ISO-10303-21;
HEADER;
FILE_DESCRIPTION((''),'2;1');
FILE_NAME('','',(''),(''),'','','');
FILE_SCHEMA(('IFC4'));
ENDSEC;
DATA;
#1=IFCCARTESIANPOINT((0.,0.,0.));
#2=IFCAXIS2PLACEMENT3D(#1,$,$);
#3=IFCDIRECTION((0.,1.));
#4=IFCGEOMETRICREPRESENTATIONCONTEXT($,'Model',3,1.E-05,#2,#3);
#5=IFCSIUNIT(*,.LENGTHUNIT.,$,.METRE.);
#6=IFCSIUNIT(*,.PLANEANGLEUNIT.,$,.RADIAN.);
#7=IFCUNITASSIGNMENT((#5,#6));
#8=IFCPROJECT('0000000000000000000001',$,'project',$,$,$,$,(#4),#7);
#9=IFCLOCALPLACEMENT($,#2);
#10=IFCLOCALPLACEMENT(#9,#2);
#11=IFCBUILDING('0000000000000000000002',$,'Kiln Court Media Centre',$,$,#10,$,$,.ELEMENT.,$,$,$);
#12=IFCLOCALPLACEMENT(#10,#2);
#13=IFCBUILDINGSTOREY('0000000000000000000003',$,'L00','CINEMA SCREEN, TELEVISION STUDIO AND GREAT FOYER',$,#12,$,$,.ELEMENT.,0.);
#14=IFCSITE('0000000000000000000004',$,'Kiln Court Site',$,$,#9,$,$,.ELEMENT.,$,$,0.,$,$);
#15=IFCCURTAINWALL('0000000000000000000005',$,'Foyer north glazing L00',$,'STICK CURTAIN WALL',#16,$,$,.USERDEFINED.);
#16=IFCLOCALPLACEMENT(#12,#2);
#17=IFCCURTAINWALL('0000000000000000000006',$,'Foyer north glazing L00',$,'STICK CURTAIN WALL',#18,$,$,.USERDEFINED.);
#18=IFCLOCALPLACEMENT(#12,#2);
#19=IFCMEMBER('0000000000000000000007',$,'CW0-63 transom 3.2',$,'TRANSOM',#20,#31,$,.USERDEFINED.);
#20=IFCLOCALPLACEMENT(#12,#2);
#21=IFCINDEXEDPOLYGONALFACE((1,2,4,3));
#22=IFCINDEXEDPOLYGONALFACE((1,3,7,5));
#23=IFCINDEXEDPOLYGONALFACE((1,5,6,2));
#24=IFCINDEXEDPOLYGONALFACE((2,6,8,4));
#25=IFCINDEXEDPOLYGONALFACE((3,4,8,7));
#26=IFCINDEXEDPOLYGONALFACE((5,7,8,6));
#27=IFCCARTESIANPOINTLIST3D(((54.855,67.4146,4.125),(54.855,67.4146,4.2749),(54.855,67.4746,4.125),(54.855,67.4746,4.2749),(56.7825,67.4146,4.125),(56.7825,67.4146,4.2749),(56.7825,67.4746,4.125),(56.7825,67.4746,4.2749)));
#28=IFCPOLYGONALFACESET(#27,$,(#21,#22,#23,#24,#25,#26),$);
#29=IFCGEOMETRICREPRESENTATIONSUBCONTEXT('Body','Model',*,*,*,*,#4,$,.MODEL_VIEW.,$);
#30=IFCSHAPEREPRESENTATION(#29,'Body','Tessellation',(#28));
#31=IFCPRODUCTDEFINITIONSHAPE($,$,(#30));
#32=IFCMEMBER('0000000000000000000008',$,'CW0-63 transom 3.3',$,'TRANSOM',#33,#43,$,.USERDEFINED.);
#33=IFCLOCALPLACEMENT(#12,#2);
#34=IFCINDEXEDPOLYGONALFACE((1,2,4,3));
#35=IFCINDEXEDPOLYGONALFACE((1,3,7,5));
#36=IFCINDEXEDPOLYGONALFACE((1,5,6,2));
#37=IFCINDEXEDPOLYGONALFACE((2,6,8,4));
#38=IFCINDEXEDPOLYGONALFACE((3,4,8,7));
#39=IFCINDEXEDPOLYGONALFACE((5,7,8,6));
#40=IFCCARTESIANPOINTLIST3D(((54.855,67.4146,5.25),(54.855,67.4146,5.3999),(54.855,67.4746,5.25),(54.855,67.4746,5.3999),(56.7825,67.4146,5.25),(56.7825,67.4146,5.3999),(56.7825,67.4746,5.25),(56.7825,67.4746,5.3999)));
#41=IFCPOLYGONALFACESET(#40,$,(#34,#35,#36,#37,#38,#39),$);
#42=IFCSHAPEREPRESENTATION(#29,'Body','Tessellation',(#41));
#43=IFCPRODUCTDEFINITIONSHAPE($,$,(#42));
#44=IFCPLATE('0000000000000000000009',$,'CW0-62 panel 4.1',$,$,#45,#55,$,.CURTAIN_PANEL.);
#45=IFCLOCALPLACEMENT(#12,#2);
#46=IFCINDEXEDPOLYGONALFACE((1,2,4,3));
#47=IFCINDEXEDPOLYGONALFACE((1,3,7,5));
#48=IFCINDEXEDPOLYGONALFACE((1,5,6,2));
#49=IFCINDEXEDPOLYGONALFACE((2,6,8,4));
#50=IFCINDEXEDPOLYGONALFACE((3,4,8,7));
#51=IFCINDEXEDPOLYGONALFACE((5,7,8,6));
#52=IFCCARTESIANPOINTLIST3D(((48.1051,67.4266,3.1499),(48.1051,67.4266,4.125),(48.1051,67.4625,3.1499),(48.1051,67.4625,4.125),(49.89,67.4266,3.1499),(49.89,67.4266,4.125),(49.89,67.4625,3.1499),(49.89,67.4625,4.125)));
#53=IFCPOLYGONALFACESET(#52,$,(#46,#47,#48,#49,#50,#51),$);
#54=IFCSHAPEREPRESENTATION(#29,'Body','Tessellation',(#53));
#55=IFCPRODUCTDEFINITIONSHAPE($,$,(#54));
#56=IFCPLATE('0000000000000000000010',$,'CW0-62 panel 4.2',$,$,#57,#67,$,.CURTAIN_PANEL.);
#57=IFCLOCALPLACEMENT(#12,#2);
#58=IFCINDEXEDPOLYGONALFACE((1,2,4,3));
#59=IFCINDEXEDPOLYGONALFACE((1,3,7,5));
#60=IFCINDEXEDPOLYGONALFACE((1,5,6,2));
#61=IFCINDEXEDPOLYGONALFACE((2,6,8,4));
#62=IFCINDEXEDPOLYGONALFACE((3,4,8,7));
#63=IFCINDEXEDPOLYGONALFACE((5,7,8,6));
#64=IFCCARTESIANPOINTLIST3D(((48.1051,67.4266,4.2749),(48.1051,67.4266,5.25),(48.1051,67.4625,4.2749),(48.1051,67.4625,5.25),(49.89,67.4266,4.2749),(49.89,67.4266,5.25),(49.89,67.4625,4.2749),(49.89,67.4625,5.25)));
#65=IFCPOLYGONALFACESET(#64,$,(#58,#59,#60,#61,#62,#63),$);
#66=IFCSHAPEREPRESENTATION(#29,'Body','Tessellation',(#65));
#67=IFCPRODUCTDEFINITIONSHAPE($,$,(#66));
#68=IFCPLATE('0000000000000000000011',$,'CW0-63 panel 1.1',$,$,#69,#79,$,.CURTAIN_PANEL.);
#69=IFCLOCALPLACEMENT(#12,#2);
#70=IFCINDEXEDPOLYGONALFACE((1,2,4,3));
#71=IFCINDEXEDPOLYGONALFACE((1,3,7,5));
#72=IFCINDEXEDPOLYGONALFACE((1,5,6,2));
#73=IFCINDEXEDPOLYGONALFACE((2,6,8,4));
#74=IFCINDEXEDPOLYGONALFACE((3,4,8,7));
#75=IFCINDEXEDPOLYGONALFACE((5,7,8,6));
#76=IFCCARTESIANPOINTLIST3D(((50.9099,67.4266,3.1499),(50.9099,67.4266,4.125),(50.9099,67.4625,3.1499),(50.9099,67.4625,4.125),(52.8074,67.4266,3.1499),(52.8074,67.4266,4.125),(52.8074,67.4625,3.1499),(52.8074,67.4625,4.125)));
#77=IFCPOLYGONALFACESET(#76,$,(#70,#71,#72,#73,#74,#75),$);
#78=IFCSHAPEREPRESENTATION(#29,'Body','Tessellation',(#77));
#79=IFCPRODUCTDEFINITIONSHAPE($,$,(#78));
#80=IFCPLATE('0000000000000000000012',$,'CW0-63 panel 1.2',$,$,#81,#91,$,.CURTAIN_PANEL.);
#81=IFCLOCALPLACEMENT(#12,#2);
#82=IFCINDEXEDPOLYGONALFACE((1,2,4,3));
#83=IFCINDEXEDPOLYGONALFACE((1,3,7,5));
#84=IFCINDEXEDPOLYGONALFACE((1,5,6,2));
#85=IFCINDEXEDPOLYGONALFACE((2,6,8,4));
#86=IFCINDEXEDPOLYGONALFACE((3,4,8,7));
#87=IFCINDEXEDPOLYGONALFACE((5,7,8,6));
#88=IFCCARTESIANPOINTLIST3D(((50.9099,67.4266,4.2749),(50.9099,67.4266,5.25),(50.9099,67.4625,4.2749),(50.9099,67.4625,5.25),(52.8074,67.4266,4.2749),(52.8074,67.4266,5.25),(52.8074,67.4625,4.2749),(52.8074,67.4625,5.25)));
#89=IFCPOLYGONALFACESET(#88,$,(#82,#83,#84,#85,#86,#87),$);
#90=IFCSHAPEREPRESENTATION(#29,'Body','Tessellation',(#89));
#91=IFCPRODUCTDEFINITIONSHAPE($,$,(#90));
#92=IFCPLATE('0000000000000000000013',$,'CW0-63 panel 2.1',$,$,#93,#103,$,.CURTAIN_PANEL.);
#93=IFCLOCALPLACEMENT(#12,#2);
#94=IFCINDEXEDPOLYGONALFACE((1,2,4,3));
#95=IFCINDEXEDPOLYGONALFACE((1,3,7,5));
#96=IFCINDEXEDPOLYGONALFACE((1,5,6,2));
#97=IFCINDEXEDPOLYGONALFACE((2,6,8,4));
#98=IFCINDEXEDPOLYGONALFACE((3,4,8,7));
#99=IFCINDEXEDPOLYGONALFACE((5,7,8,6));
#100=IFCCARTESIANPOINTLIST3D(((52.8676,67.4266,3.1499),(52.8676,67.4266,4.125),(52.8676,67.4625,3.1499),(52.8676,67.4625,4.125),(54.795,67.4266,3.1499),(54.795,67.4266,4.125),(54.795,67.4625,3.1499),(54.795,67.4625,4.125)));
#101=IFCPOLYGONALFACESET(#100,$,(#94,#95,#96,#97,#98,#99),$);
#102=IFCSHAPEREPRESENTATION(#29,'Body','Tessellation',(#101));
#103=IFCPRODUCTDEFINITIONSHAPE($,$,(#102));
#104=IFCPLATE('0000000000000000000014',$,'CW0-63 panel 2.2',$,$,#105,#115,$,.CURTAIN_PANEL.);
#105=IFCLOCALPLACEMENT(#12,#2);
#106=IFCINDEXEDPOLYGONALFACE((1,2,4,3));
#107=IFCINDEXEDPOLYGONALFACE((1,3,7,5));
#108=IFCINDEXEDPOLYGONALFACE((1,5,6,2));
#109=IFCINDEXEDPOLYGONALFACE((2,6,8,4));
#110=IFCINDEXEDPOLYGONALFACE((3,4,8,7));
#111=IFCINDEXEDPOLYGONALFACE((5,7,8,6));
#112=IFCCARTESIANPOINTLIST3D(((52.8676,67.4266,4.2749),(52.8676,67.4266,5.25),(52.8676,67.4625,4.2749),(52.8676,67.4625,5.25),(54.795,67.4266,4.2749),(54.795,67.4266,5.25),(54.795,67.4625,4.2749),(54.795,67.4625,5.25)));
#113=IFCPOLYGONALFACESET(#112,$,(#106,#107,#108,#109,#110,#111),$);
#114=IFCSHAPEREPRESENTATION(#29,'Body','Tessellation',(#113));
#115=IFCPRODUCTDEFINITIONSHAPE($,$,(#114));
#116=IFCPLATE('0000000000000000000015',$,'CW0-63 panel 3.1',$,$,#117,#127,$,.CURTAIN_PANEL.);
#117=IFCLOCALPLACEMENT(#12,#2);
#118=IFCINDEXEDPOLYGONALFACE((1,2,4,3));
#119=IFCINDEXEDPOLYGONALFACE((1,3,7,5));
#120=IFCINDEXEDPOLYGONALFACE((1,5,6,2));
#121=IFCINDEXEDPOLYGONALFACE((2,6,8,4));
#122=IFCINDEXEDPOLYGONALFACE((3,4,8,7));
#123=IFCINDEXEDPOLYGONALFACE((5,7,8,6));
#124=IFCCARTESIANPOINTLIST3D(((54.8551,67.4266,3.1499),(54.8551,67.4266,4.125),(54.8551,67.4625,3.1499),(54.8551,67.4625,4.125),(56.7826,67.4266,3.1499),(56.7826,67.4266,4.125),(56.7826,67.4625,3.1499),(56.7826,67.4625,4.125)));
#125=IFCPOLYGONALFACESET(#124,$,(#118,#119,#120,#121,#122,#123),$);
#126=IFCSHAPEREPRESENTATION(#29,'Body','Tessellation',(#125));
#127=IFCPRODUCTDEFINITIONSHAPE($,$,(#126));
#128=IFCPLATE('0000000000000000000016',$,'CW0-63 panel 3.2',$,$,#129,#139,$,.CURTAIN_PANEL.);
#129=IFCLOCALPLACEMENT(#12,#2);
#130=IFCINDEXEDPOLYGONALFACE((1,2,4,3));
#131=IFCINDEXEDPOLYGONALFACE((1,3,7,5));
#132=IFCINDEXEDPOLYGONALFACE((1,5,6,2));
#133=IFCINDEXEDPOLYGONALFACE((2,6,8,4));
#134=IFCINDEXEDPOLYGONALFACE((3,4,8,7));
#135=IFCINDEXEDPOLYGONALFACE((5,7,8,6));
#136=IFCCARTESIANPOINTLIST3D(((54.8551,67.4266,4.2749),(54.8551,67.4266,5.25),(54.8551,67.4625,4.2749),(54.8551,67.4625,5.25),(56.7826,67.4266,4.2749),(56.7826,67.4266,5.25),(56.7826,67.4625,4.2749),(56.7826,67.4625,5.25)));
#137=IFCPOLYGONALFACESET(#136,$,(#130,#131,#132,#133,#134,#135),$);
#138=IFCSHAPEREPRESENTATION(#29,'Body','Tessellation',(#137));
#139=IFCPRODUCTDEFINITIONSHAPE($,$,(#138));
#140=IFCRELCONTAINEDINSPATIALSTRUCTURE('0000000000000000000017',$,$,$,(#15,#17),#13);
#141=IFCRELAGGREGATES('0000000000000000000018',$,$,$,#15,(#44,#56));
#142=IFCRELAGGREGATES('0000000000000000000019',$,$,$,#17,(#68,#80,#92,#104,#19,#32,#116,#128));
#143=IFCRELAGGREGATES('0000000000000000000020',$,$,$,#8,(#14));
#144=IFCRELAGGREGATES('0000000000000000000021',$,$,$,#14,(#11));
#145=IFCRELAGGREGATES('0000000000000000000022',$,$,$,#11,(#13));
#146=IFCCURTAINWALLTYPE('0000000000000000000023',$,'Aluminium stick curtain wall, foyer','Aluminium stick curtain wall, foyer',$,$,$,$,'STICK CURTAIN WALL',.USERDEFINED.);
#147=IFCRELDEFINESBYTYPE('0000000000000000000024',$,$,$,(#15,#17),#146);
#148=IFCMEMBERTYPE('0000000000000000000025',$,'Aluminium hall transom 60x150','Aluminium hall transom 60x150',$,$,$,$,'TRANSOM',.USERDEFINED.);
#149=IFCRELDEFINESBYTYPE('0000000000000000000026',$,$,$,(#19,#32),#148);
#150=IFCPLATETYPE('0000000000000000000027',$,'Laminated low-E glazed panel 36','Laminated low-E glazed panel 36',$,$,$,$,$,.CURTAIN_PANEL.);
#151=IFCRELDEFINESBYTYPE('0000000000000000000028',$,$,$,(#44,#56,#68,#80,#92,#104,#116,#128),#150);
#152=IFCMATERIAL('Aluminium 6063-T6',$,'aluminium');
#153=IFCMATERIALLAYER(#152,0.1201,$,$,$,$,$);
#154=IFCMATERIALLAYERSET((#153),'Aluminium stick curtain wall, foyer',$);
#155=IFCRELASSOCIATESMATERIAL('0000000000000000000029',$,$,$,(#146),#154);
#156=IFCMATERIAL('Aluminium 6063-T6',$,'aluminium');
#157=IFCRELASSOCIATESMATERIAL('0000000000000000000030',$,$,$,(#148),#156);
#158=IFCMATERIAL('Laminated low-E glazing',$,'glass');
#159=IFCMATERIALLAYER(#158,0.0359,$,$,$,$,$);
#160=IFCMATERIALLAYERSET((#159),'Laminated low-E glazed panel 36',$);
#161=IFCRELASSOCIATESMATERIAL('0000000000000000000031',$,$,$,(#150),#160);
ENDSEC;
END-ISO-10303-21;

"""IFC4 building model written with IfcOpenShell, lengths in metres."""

from ifc_helpers import new_model, si_unit, direction, frame, origin, origin_2d, place, context, subcontext, project, spatial, rectangle, extrude, material, layer, layer_set, material_profile, profile_set, type_object, element, aggregate, save


model = new_model("IFC4")

# Units and contexts
model_context = context("Model", 3, precision=1e-05, world=origin(), true_north=direction((0.0, 1.0)))
body_context = subcontext(model_context, "Body", "Model", "MODEL_VIEW")
ifc_project = project(units=[si_unit("LENGTHUNIT", "METRE"), si_unit("PLANEANGLEUNIT", "RADIAN")], contexts=[model_context])

# Site, building, storey
site_placement = place(None, origin())
site = spatial("IfcSite", under=ifc_project, at=site_placement, Name="Kiln Court Site", CompositionType="ELEMENT", RefElevation=0.0)
building_placement = place(site_placement, origin())
building = spatial("IfcBuilding", under=site, at=building_placement, Name="Kiln Court Media Centre", CompositionType="ELEMENT")
storey_placement = place(building_placement, origin())
storey = spatial("IfcBuildingStorey", under=building, at=storey_placement, Name="L00", Description="CINEMA SCREEN, TELEVISION STUDIO AND GREAT FOYER", CompositionType="ELEMENT", Elevation=0.0)

# Curtain walls
ifc_material_1 = material(Name="Aluminium 6063-T6", Category="aluminium")
ifc_layer_1 = layer(ifc_material_1, 0.1201)
ifc_layer_set_1 = layer_set([ifc_layer_1], Name="Aluminium stick curtain wall, foyer")
curtain_wall_type = type_object("IfcCurtainWallType", Name="Aluminium stick curtain wall, foyer", Description="Aluminium stick curtain wall, foyer", ElementType="STICK CURTAIN WALL", PredefinedType="USERDEFINED", material=ifc_layer_set_1)
curtain_wall_1_placement = place(storey_placement, origin())
curtain_wall_1 = element("IfcCurtainWall", 1, at=curtain_wall_1_placement, inside=storey, type_object=curtain_wall_type, Name="Foyer north glazing L00", ObjectType="STICK CURTAIN WALL", PredefinedType="USERDEFINED")
curtain_wall_2_placement = place(storey_placement, origin())
curtain_wall_2 = element("IfcCurtainWall", 2, at=curtain_wall_2_placement, inside=storey, type_object=curtain_wall_type, Name="Foyer north glazing L00", ObjectType="STICK CURTAIN WALL", PredefinedType="USERDEFINED")

# Members
ifc_material_2 = material(Name="Aluminium 6063-T6", Category="aluminium")
ifc_material_profile_1 = material_profile(ifc_material_2, rectangle(XDim=0.0601, YDim=0.1499, at=origin_2d()), Name="Aluminium hall transom 60x150")
ifc_profile_set_1 = profile_set([ifc_material_profile_1], Name="Aluminium 6063-T6")
member_type_1 = type_object("IfcMemberType", Name="Aluminium hall transom 60x150", Description="Aluminium hall transom 60x150", ElementType="TRANSOM", PredefinedType="USERDEFINED", material=ifc_profile_set_1)
member_1_placement = place(storey_placement, frame((54.855, 67.4446, 4.2), z_axis=(1.0, 0.0, 0.0), x_axis=(0.0, 1.0, 0.0)))
member_1 = element("IfcMember", 3, at=member_1_placement, type_object=member_type_1, Name="CW0-63 transom 3.2", ObjectType="TRANSOM", PredefinedType="USERDEFINED", context=body_context, shape_type="SweptSolid", body=[
    extrude(rectangle(XDim=0.0601, YDim=0.1499, at=origin_2d()), origin(), (0.0, 0.0, 1.0), 1.9275),
])
member_2_placement = place(storey_placement, frame((54.855, 67.4446, 5.325), z_axis=(1.0, 0.0, 0.0), x_axis=(0.0, 1.0, 0.0)))
member_2 = element("IfcMember", 4, at=member_2_placement, type_object=member_type_1, Name="CW0-63 transom 3.3", ObjectType="TRANSOM", PredefinedType="USERDEFINED", context=body_context, shape_type="SweptSolid", body=[
    extrude(rectangle(XDim=0.0601, YDim=0.1499, at=origin_2d()), origin(), (0.0, 0.0, 1.0), 1.9275),
])

# Plates
ifc_material_3 = material(Name="Laminated low-E glazing", Category="glass")
ifc_layer_2 = layer(ifc_material_3, 0.0359)
ifc_layer_set_2 = layer_set([ifc_layer_2], Name="Laminated low-E glazed panel 36")
plate_type = type_object("IfcPlateType", Name="Laminated low-E glazed panel 36", Description="Laminated low-E glazed panel 36", PredefinedType="CURTAIN_PANEL", material=ifc_layer_set_2)
plate_1_placement = place(storey_placement, frame((48.9976, 67.4446, 3.1499), z_axis=(0.0, 0.0, 1.0), x_axis=(1.0, 0.0, 0.0)))
plate_1 = element("IfcPlate", 5, at=plate_1_placement, type_object=plate_type, Name="CW0-62 panel 4.1", PredefinedType="CURTAIN_PANEL", context=body_context, shape_type="SweptSolid", body=[
    extrude(rectangle(XDim=1.7849, YDim=0.0359, at=origin_2d()), origin(), (0.0, 0.0, 1.0), 0.9751),
])
plate_2_placement = place(storey_placement, frame((48.9976, 67.4446, 4.2749), z_axis=(0.0, 0.0, 1.0), x_axis=(1.0, 0.0, 0.0)))
plate_2 = element("IfcPlate", 6, at=plate_2_placement, type_object=plate_type, Name="CW0-62 panel 4.2", PredefinedType="CURTAIN_PANEL", context=body_context, shape_type="SweptSolid", body=[
    extrude(rectangle(XDim=1.7849, YDim=0.0359, at=origin_2d()), origin(), (0.0, 0.0, 1.0), 0.9751),
])
aggregate(curtain_wall_1, [plate_1, plate_2])
plate_3_placement = place(storey_placement, frame((51.8586, 67.4446, 3.1499), z_axis=(0.0, 0.0, 1.0), x_axis=(1.0, 0.0, 0.0)))
plate_3 = element("IfcPlate", 7, at=plate_3_placement, type_object=plate_type, Name="CW0-63 panel 1.1", PredefinedType="CURTAIN_PANEL", context=body_context, shape_type="SweptSolid", body=[
    extrude(rectangle(XDim=1.8975, YDim=0.0359, at=origin_2d()), origin(), (0.0, 0.0, 1.0), 0.9751),
])
plate_4_placement = place(storey_placement, frame((51.8586, 67.4446, 4.2749), z_axis=(0.0, 0.0, 1.0), x_axis=(1.0, 0.0, 0.0)))
plate_4 = element("IfcPlate", 8, at=plate_4_placement, type_object=plate_type, Name="CW0-63 panel 1.2", PredefinedType="CURTAIN_PANEL", context=body_context, shape_type="SweptSolid", body=[
    extrude(rectangle(XDim=1.8975, YDim=0.0359, at=origin_2d()), origin(), (0.0, 0.0, 1.0), 0.9751),
])
plate_5_placement = place(storey_placement, frame((53.8313, 67.4446, 3.1499), z_axis=(0.0, 0.0, 1.0), x_axis=(1.0, 0.0, 0.0)))
plate_5 = element("IfcPlate", 9, at=plate_5_placement, type_object=plate_type, Name="CW0-63 panel 2.1", PredefinedType="CURTAIN_PANEL", context=body_context, shape_type="SweptSolid", body=[
    extrude(rectangle(XDim=1.9275, YDim=0.0359, at=origin_2d()), origin(), (0.0, 0.0, 1.0), 0.9751),
])
plate_6_placement = place(storey_placement, frame((53.8313, 67.4446, 4.2749), z_axis=(0.0, 0.0, 1.0), x_axis=(1.0, 0.0, 0.0)))
plate_6 = element("IfcPlate", 10, at=plate_6_placement, type_object=plate_type, Name="CW0-63 panel 2.2", PredefinedType="CURTAIN_PANEL", context=body_context, shape_type="SweptSolid", body=[
    extrude(rectangle(XDim=1.9275, YDim=0.0359, at=origin_2d()), origin(), (0.0, 0.0, 1.0), 0.9751),
])
plate_7_placement = place(storey_placement, frame((55.8188, 67.4446, 3.1499), z_axis=(0.0, 0.0, 1.0), x_axis=(1.0, 0.0, 0.0)))
plate_7 = element("IfcPlate", 11, at=plate_7_placement, type_object=plate_type, Name="CW0-63 panel 3.1", PredefinedType="CURTAIN_PANEL", context=body_context, shape_type="SweptSolid", body=[
    extrude(rectangle(XDim=1.9275, YDim=0.0359, at=origin_2d()), origin(), (0.0, 0.0, 1.0), 0.9751),
])
plate_8_placement = place(storey_placement, frame((55.8188, 67.4446, 4.2749), z_axis=(0.0, 0.0, 1.0), x_axis=(1.0, 0.0, 0.0)))
plate_8 = element("IfcPlate", 12, at=plate_8_placement, type_object=plate_type, Name="CW0-63 panel 3.2", PredefinedType="CURTAIN_PANEL", context=body_context, shape_type="SweptSolid", body=[
    extrude(rectangle(XDim=1.9275, YDim=0.0359, at=origin_2d()), origin(), (0.0, 0.0, 1.0), 0.9751),
])
aggregate(curtain_wall_2, [plate_3, plate_4, plate_5, plate_6, member_1, member_2, plate_7, plate_8])

save(model, "model.ifc")
